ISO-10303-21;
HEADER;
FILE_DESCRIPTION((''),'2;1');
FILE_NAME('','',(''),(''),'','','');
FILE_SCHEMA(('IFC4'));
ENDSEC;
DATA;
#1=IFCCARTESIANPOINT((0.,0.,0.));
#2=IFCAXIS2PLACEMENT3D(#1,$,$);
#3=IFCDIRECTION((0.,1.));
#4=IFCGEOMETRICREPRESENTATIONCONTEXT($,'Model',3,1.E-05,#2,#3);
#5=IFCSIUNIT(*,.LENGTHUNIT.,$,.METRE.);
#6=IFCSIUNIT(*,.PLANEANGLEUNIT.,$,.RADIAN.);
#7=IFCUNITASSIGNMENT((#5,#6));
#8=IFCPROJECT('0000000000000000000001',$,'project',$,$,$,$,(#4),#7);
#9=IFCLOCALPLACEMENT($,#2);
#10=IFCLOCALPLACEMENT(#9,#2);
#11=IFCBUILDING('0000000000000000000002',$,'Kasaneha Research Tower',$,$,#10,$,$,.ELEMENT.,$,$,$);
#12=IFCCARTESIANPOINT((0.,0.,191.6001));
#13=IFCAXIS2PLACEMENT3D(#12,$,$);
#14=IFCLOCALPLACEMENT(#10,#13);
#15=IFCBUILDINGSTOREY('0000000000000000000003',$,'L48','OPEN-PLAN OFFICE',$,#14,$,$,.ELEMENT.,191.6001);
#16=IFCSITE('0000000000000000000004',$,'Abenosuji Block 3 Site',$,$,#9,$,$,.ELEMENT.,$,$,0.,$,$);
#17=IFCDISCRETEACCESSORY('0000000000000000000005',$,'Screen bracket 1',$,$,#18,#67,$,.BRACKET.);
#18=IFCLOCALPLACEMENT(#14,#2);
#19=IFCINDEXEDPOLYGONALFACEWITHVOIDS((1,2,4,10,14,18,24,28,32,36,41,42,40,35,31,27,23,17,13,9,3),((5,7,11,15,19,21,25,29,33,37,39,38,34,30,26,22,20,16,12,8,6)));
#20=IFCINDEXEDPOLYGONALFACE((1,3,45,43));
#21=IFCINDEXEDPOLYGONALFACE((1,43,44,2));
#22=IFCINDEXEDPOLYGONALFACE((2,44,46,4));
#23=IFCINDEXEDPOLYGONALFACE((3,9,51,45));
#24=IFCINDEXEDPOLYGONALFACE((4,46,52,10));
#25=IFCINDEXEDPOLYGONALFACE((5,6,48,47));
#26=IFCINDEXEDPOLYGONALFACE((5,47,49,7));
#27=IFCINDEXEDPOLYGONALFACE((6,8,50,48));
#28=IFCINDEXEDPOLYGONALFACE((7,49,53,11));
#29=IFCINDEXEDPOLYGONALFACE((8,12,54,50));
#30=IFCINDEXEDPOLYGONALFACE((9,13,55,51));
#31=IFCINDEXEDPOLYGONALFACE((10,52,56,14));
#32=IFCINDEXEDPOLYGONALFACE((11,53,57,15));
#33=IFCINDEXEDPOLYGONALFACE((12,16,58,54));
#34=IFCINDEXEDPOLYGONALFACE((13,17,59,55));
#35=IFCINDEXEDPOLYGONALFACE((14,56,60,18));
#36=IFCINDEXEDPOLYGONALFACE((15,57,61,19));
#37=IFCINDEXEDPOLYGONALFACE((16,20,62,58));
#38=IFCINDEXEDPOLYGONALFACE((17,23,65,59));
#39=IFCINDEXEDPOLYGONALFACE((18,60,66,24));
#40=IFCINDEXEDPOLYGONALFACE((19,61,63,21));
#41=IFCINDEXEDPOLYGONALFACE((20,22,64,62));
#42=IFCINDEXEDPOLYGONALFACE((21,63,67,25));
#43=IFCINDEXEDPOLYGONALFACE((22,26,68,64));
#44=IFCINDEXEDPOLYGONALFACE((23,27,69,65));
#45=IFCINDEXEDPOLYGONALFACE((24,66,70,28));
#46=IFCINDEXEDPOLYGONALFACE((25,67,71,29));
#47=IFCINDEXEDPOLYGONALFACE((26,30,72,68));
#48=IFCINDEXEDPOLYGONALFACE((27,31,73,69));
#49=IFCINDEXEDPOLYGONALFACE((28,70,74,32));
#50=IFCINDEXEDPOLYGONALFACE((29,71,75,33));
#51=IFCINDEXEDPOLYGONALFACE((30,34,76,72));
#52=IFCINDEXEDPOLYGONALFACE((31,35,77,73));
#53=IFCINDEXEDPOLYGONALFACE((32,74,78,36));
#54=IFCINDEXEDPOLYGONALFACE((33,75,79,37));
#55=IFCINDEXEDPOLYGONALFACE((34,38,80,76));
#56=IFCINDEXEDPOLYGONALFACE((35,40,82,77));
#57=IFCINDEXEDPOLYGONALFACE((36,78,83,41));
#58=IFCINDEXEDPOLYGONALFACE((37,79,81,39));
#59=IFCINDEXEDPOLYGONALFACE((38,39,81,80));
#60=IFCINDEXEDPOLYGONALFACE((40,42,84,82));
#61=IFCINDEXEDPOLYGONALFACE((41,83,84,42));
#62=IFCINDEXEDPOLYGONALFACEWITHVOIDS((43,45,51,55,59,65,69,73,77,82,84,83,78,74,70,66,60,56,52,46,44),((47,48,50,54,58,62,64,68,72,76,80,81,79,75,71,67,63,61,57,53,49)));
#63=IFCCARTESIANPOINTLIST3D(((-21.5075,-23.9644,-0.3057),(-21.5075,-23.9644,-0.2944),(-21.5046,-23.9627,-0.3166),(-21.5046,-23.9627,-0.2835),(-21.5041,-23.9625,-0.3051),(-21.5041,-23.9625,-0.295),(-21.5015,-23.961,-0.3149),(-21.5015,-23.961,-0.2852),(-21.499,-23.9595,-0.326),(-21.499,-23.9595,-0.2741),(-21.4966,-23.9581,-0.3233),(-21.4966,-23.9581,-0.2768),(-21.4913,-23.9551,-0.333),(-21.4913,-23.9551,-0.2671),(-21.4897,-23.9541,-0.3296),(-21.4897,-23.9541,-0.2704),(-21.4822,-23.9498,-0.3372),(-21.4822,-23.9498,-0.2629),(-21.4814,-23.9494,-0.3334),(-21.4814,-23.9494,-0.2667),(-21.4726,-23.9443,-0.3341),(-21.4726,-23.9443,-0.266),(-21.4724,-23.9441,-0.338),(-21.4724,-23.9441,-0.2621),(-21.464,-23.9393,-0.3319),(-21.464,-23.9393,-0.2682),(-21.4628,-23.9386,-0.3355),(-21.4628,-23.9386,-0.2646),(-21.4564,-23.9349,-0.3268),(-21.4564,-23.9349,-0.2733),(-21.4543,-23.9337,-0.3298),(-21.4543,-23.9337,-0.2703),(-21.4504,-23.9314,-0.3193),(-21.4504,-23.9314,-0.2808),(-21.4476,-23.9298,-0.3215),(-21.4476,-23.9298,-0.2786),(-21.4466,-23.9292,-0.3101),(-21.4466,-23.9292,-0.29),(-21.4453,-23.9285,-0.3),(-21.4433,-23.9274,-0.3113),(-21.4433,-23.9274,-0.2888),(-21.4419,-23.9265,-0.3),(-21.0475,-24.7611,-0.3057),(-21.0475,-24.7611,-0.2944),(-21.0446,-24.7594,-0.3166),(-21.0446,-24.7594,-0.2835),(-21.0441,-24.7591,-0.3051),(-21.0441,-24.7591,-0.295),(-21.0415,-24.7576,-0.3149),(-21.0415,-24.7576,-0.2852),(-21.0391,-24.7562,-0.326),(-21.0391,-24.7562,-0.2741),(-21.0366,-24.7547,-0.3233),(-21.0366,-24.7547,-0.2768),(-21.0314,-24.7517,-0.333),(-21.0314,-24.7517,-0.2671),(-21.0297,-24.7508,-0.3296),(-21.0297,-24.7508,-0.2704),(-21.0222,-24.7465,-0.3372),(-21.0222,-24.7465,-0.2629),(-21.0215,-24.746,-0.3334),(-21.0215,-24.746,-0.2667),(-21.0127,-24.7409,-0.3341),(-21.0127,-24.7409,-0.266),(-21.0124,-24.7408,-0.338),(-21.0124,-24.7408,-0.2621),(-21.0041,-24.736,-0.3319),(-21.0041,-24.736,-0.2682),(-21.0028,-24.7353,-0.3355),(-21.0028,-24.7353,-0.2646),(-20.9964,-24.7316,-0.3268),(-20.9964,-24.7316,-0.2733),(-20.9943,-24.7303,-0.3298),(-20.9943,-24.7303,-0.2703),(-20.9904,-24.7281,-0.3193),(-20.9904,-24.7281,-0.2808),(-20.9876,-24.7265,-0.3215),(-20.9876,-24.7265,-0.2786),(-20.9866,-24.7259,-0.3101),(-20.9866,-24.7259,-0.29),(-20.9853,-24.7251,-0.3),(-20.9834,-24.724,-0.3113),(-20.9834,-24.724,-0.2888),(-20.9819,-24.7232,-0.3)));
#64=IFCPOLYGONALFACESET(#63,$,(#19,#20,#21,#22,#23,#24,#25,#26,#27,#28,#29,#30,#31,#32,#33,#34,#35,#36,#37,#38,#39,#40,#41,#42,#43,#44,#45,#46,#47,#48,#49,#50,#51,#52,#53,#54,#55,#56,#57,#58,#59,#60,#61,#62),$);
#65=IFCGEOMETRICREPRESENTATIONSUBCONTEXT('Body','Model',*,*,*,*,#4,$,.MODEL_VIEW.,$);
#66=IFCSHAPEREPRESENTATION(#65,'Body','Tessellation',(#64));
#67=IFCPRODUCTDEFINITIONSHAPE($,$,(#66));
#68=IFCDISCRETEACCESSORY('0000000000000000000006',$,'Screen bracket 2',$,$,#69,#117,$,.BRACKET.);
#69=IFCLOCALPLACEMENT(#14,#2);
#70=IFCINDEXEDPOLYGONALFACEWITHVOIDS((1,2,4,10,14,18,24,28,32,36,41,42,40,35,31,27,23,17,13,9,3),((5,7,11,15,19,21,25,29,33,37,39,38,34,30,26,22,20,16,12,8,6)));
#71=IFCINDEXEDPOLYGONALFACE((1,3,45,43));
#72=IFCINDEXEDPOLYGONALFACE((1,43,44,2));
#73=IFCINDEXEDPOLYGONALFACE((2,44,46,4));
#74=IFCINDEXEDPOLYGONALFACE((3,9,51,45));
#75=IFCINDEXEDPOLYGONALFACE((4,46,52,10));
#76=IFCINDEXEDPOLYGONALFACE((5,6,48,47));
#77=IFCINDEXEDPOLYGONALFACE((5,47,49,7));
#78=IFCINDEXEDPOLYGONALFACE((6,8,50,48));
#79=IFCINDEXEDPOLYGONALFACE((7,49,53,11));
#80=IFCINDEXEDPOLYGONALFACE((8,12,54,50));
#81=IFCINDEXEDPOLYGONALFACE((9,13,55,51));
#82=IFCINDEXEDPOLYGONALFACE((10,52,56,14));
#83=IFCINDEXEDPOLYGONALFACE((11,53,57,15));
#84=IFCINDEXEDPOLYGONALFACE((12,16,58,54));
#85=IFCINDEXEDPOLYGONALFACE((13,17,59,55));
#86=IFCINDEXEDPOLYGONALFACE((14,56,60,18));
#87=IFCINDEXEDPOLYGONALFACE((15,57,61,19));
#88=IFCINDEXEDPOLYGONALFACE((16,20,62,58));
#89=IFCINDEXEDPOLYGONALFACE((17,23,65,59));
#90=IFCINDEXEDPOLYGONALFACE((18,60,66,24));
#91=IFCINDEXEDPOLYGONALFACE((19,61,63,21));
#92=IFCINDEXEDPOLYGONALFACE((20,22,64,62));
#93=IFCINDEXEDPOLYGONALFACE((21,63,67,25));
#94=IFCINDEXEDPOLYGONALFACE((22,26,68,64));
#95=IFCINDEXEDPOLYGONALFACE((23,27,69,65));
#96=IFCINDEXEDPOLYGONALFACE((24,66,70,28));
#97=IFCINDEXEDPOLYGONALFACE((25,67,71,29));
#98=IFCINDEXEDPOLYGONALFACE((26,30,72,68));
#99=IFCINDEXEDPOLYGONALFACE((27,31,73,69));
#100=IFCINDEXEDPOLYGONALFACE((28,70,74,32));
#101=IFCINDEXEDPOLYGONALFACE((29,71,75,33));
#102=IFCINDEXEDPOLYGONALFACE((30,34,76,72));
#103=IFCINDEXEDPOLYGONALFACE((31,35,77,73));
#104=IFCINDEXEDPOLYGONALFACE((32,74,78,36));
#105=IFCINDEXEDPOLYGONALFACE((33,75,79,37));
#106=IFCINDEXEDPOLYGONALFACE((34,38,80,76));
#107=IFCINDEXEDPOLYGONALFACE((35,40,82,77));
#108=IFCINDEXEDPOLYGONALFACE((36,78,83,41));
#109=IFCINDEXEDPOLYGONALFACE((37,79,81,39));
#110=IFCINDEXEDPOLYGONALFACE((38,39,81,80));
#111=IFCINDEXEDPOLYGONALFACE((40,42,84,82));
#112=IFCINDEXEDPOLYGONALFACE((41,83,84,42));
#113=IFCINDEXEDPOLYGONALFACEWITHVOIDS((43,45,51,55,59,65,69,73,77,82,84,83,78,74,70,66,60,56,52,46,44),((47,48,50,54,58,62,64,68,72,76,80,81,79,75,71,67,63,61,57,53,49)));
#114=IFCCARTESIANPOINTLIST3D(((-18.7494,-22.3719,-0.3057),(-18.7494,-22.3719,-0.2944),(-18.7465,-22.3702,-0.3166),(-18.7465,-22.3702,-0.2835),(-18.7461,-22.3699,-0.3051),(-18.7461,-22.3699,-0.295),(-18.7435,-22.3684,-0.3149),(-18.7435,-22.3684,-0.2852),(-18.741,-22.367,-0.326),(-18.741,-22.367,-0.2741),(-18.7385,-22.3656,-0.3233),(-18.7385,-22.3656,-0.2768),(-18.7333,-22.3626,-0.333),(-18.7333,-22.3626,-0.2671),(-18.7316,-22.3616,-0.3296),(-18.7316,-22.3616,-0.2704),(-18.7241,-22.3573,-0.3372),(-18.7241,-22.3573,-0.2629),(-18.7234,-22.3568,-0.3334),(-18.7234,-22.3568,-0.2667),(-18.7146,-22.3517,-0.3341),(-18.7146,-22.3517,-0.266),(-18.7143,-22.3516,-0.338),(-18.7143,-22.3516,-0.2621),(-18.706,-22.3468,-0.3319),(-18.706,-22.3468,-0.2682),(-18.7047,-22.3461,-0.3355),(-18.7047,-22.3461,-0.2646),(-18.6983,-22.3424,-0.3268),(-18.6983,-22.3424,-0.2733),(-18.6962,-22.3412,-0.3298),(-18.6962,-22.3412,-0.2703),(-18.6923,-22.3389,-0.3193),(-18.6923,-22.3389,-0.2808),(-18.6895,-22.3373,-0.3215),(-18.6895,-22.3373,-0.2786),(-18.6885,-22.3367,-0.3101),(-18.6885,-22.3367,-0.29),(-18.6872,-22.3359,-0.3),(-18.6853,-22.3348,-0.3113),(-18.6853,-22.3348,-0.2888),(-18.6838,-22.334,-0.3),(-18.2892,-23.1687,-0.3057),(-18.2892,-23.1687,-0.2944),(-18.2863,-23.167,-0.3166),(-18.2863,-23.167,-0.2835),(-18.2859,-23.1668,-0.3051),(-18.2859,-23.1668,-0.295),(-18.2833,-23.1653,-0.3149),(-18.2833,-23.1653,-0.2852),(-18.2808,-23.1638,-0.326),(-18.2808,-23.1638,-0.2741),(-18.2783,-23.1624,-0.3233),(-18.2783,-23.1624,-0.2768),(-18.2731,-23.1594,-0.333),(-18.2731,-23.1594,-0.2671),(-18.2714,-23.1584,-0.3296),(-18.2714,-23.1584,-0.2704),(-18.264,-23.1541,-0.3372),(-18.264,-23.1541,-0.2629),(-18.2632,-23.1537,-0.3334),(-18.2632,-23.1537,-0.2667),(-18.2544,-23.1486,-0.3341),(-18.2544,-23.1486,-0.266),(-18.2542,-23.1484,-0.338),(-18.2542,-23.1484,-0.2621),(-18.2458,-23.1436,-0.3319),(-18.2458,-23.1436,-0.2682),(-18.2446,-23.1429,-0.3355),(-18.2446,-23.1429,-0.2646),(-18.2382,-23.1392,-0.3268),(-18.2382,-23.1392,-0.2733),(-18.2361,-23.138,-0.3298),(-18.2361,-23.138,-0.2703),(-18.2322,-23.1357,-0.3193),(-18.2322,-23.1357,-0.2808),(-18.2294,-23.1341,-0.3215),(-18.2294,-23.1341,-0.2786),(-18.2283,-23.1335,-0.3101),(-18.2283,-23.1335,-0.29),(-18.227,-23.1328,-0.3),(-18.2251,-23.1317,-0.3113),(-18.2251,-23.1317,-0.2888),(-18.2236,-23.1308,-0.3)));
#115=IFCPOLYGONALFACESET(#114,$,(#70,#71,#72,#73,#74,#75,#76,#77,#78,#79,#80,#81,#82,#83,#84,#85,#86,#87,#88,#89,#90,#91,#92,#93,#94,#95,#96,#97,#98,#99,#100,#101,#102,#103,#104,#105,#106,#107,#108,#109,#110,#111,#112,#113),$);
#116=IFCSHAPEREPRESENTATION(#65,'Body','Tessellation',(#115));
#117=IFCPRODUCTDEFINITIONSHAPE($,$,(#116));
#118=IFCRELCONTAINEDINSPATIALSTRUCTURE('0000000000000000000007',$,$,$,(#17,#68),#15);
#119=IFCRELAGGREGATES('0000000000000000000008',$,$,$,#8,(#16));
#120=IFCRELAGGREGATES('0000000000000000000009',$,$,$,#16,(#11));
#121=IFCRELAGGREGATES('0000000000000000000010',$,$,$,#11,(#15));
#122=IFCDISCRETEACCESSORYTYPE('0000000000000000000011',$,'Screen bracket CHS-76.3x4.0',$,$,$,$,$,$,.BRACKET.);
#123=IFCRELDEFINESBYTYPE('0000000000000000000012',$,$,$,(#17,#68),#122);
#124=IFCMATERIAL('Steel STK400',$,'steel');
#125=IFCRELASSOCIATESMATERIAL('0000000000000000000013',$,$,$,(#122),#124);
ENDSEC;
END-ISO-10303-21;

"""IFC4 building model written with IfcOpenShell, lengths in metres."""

from ifc_helpers import new_model, si_unit, direction, frame, origin, origin_2d, place, context, subcontext, project, spatial, hollow_circle, extrude, material, material_profile, profile_set, type_object, element, save


model = new_model("IFC4")

# Units and contexts
model_context = context("Model", 3, precision=1e-05, world=origin(), true_north=direction((0.0, 1.0)))
body_context = subcontext(model_context, "Body", "Model", "MODEL_VIEW")
ifc_project = project(units=[si_unit("LENGTHUNIT", "METRE"), si_unit("PLANEANGLEUNIT", "RADIAN")], contexts=[model_context])

# Site, building, storey
site_placement = place(None, origin())
site = spatial("IfcSite", under=ifc_project, at=site_placement, Name="Abenosuji Block 3 Site", CompositionType="ELEMENT", RefElevation=0.0)
building_placement = place(site_placement, origin())
building = spatial("IfcBuilding", under=site, at=building_placement, Name="Kasaneha Research Tower", CompositionType="ELEMENT")
storey_placement = place(building_placement, frame((0.0, 0.0, 191.6001)))
storey = spatial("IfcBuildingStorey", under=building, at=storey_placement, Name="L48", Description="OPEN-PLAN OFFICE", CompositionType="ELEMENT", Elevation=191.6001)

# Discrete accessories
ifc_material_1 = material(Name="Steel STK400", Category="steel")
ifc_material_profile_1 = material_profile(ifc_material_1, hollow_circle(Radius=0.0381, WallThickness=0.0039, at=origin_2d()), Name="CHS-76.3x4.0")
ifc_profile_set_1 = profile_set([ifc_material_profile_1], Name="Steel STK400")
discrete_accessory_type = type_object("IfcDiscreteAccessoryType", Name="Screen bracket CHS-76.3x4.0", PredefinedType="BRACKET", material=ifc_profile_set_1)
discrete_accessory_1_placement = place(storey_placement, frame((-21.4749, -23.9456, -0.3), z_axis=(0.500021, -0.866013, 0.0), x_axis=(0.866013, 0.500021, 0.0)))
element("IfcDiscreteAccessory", 1, at=discrete_accessory_1_placement, inside=storey, type_object=discrete_accessory_type, Name="Screen bracket 1", PredefinedType="BRACKET", context=body_context, shape_type="SweptSolid", body=[
    extrude(hollow_circle(Radius=0.0381, WallThickness=0.0039, at=origin_2d()), origin(), (0.0, 0.0, 1.0), 0.9199),
])
discrete_accessory_2_placement = place(storey_placement, frame((-18.7168, -22.353, -0.3), z_axis=(0.500105, -0.865965, 0.0), x_axis=(0.865965, 0.500105, 0.0)))
element("IfcDiscreteAccessory", 2, at=discrete_accessory_2_placement, inside=storey, type_object=discrete_accessory_type, Name="Screen bracket 2", PredefinedType="BRACKET", context=body_context, shape_type="SweptSolid", body=[
    extrude(hollow_circle(Radius=0.0381, WallThickness=0.0039, at=origin_2d()), origin(), (0.0, 0.0, 1.0), 0.9202),
])

save(model, "model.ifc")
